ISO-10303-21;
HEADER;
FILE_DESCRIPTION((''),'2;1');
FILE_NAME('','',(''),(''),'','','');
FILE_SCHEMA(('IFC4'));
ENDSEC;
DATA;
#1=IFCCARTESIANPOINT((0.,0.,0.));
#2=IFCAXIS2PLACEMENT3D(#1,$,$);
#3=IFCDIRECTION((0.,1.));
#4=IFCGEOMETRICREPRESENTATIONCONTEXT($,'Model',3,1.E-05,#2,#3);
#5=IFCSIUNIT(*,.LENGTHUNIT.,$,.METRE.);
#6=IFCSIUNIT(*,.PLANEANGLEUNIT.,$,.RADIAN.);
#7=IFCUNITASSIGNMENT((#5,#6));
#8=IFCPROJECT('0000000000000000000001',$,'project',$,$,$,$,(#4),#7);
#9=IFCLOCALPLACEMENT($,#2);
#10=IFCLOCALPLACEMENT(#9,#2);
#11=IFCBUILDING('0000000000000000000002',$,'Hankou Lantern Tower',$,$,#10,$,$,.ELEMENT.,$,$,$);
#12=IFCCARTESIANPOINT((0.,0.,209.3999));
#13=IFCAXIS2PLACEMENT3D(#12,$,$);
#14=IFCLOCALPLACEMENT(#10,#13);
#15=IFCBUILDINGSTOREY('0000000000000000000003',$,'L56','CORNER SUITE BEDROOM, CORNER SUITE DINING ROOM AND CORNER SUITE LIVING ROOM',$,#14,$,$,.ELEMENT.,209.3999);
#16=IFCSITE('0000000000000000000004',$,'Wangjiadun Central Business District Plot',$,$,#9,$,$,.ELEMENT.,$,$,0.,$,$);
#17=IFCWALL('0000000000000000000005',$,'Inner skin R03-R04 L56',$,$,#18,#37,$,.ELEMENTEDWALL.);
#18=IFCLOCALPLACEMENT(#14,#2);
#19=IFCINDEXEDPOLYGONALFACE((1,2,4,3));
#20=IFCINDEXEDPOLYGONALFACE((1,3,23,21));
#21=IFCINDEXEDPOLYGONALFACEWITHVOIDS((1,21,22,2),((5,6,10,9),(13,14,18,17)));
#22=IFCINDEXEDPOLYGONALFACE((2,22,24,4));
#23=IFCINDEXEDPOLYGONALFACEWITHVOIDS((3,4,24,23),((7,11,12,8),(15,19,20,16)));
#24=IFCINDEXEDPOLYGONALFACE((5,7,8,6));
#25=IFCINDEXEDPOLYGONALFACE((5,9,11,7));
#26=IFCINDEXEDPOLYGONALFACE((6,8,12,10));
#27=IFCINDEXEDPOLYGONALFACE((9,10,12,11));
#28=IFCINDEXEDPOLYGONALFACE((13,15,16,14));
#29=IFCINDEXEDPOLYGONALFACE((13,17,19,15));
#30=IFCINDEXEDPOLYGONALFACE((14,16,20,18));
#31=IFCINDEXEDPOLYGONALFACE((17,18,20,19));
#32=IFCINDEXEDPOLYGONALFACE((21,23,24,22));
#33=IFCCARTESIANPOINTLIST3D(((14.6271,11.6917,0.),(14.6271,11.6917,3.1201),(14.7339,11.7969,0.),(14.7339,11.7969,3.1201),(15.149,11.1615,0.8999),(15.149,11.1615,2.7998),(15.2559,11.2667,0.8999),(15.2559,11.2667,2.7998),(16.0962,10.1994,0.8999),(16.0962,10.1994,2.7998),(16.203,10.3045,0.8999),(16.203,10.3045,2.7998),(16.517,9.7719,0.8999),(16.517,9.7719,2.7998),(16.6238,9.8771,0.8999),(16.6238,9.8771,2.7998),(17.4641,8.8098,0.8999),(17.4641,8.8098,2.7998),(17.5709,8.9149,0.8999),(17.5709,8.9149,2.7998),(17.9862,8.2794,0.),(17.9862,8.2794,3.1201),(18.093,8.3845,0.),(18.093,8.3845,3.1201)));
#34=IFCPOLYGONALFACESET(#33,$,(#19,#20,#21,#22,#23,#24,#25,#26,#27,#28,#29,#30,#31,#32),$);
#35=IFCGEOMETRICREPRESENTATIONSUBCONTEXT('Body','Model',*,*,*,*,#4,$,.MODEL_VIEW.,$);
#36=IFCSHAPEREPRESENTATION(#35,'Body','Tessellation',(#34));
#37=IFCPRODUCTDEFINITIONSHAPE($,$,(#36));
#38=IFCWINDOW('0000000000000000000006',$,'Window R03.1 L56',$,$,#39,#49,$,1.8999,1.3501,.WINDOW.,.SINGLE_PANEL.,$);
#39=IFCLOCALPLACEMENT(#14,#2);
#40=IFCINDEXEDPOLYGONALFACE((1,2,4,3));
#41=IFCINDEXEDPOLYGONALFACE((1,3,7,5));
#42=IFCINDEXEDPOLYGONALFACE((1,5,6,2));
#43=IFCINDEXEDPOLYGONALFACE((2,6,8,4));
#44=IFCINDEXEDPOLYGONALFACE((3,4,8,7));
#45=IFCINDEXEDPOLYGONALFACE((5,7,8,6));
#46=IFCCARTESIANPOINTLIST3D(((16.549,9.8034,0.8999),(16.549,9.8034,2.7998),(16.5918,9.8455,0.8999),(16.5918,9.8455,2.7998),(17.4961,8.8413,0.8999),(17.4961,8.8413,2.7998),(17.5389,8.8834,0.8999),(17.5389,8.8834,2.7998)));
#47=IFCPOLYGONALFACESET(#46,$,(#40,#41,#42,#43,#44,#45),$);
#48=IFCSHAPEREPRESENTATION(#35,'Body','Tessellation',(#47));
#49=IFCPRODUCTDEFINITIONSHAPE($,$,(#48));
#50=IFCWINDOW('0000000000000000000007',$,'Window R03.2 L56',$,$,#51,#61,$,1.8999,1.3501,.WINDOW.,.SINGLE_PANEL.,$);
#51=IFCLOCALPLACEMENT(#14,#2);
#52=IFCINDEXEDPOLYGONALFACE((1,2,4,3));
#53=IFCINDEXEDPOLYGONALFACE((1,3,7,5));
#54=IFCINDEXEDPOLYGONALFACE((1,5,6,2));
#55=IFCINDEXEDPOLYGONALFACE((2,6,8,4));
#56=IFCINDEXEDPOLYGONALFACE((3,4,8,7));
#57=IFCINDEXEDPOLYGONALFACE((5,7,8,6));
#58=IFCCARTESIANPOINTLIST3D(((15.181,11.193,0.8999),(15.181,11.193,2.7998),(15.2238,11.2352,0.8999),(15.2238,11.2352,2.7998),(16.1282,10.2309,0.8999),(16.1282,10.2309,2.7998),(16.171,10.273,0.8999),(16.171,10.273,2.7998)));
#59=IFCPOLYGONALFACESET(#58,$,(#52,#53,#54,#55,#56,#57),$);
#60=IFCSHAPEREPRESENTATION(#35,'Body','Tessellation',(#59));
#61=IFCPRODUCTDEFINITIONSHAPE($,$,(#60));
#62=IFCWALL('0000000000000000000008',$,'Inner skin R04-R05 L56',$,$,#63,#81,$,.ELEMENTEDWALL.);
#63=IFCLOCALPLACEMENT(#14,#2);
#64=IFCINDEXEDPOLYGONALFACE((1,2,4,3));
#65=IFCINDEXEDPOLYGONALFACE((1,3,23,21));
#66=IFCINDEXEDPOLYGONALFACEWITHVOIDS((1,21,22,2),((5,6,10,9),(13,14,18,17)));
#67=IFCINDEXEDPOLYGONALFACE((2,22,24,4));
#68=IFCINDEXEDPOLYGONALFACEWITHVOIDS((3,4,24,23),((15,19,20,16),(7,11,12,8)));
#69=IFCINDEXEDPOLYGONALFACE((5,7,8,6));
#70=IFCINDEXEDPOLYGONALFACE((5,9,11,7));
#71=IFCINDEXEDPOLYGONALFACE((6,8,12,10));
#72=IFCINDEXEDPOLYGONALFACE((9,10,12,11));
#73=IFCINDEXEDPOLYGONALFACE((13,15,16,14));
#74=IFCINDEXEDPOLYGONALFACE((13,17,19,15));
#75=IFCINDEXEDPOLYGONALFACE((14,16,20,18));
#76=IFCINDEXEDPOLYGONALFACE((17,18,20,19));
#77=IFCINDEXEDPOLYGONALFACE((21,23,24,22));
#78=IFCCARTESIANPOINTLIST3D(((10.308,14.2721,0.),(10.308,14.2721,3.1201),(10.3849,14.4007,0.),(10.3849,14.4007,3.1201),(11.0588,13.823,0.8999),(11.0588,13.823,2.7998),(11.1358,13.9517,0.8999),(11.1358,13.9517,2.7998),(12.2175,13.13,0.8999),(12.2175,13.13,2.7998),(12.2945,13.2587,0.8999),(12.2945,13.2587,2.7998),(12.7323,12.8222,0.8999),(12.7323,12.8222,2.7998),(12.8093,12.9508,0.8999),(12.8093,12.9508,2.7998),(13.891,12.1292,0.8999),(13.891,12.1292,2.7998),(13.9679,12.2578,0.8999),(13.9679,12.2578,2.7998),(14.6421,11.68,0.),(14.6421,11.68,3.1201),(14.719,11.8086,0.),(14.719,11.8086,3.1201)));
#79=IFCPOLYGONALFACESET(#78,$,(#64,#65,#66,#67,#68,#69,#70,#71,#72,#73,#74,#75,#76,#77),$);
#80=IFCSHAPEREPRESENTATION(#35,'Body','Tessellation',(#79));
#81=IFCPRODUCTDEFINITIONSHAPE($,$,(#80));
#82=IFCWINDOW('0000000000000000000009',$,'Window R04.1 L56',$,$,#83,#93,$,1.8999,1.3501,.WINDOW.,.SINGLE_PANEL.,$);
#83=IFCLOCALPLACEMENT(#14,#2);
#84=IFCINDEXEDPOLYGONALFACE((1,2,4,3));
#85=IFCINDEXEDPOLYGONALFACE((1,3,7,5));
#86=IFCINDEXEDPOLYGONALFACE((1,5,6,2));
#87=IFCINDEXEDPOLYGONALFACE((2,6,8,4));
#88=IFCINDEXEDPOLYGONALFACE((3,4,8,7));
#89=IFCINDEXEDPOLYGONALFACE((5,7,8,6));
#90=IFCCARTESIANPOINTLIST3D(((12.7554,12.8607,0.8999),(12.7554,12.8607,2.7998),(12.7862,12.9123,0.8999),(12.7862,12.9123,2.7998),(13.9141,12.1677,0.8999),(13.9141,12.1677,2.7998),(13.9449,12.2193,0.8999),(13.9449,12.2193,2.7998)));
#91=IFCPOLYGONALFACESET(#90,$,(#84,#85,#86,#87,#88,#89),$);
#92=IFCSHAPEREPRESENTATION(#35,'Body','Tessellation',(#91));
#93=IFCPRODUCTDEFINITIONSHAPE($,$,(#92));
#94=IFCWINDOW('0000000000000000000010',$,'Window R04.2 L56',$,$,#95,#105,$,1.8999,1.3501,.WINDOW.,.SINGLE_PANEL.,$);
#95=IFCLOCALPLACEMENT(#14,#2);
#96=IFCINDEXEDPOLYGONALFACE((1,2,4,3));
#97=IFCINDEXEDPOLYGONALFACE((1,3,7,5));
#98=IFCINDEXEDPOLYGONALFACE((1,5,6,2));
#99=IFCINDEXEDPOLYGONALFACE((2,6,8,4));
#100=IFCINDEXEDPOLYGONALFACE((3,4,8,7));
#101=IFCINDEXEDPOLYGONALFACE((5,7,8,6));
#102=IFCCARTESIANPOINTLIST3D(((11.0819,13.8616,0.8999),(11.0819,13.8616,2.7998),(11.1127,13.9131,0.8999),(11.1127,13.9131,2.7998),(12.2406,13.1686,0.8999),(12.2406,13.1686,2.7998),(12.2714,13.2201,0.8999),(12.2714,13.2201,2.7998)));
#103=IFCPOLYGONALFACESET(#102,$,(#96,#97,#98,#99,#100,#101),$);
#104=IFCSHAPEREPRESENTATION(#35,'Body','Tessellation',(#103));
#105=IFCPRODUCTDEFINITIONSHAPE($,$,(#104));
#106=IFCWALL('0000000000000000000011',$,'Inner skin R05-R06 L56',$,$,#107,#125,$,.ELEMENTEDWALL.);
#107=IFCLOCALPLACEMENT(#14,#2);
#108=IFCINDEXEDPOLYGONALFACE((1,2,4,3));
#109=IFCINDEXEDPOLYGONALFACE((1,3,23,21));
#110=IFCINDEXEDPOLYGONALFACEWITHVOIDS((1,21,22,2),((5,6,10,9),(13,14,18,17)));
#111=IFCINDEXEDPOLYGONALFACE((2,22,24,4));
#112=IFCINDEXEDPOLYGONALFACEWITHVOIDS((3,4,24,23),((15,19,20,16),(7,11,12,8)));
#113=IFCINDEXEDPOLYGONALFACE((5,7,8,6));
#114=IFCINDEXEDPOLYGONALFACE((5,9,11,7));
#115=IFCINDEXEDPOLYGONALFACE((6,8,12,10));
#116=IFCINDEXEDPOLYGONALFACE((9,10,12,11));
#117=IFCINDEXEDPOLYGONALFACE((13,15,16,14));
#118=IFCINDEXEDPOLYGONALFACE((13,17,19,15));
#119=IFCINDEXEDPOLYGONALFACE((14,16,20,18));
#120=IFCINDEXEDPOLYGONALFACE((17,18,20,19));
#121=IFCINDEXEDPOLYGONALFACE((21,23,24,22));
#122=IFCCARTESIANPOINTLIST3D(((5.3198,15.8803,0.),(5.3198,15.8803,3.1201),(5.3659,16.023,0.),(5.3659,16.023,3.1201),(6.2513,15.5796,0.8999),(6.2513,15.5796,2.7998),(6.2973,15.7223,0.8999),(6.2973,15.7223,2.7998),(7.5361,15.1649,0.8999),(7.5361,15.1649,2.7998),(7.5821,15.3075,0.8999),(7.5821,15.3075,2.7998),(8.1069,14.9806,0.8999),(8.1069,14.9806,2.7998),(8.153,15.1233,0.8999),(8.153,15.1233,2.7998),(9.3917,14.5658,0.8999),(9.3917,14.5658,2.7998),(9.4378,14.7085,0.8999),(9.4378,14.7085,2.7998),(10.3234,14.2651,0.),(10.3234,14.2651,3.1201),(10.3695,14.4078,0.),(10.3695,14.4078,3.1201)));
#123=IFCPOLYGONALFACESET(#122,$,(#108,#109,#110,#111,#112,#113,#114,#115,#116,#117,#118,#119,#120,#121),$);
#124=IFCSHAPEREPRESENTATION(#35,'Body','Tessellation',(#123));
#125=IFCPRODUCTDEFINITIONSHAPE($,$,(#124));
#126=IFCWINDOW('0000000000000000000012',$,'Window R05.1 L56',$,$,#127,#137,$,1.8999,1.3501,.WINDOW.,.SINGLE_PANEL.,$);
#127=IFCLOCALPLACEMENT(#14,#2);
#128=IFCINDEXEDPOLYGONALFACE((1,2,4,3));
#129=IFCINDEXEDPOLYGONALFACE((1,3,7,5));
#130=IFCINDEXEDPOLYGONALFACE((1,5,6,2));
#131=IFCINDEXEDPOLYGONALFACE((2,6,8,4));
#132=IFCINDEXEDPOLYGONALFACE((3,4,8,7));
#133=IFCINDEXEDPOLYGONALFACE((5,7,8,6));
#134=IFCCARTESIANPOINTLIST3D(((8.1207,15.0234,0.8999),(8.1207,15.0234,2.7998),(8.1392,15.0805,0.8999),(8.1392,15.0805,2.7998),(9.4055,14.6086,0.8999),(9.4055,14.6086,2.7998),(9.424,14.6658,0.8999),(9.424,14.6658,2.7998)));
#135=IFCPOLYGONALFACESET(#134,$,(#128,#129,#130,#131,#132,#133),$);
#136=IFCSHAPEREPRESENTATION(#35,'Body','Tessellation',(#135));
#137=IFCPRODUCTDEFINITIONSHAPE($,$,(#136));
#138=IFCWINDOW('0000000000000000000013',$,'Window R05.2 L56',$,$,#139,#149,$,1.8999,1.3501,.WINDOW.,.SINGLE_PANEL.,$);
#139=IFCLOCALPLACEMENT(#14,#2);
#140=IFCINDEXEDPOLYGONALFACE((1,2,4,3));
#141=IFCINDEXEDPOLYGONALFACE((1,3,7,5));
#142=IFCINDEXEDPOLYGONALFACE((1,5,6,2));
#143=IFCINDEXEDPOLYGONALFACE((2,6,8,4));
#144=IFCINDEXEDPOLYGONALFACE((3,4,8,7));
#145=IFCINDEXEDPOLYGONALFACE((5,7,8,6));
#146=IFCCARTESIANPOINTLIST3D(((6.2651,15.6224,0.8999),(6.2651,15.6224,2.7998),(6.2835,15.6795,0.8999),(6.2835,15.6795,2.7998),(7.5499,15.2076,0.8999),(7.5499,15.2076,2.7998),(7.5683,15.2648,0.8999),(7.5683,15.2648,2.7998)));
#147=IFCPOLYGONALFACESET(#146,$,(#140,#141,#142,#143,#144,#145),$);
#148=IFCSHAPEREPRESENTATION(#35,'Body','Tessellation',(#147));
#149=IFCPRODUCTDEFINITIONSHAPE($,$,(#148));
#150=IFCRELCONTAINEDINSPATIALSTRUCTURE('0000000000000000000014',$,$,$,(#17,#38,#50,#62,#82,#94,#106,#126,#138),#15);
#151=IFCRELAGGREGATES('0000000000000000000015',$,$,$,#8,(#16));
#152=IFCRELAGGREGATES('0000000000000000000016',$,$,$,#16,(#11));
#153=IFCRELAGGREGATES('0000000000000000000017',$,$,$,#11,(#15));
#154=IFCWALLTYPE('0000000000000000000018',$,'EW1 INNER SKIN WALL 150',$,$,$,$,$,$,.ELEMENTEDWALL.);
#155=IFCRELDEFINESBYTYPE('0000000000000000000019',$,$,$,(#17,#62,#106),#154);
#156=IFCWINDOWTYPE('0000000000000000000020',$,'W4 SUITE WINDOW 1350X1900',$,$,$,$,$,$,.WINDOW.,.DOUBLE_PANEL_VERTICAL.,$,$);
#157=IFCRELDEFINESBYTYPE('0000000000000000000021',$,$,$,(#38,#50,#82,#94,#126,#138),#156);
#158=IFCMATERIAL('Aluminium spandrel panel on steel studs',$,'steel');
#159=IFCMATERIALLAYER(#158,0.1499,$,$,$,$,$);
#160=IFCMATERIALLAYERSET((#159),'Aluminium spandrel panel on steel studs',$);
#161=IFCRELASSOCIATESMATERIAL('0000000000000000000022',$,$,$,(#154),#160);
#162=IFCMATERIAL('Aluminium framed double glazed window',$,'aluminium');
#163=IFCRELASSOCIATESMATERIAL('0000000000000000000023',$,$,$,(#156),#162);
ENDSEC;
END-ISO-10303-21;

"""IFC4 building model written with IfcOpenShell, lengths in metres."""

from ifc_helpers import new_model, si_unit, direction, frame, frame_2d, origin, place, context, subcontext, project, spatial, rectangle, extrude, material, layer, layer_set, type_object, element, fill, save


model = new_model("IFC4")

# Units and contexts
model_context = context("Model", 3, precision=1e-05, world=origin(), true_north=direction((0.0, 1.0)))
body_context = subcontext(model_context, "Body", "Model", "MODEL_VIEW")
ifc_project = project(units=[si_unit("LENGTHUNIT", "METRE"), si_unit("PLANEANGLEUNIT", "RADIAN")], contexts=[model_context])

# Site, building, storey
site_placement = place(None, origin())
site = spatial("IfcSite", under=ifc_project, at=site_placement, Name="Wangjiadun Central Business District Plot", CompositionType="ELEMENT", RefElevation=0.0)
building_placement = place(site_placement, origin())
building = spatial("IfcBuilding", under=site, at=building_placement, Name="Hankou Lantern Tower", CompositionType="ELEMENT")
storey_placement = place(building_placement, frame((0.0, 0.0, 209.3999)))
storey = spatial("IfcBuildingStorey", under=building, at=storey_placement, Name="L56", Description="CORNER SUITE BEDROOM, CORNER SUITE DINING ROOM AND CORNER SUITE LIVING ROOM", CompositionType="ELEMENT", Elevation=209.3999)

# Walls, openings, windows
ifc_material_1 = material(Name="Aluminium spandrel panel on steel studs", Category="steel")
ifc_layer_1 = layer(ifc_material_1, 0.1499)
ifc_layer_set_1 = layer_set([ifc_layer_1], Name="Aluminium spandrel panel on steel studs")
wall_type_1 = type_object("IfcWallType", Name="EW1 INNER SKIN WALL 150", PredefinedType="ELEMENTEDWALL", material=ifc_layer_set_1)
wall_1_placement = place(storey_placement, frame((18.0396, 8.332, 0.0), z_axis=(0.0, 0.0, 1.0), x_axis=(-0.701527, 0.712643, 0.0)))
wall_1 = element("IfcWall", 1, at=wall_1_placement, inside=storey, type_object=wall_type_1, Name="Inner skin R03-R04 L56", PredefinedType="ELEMENTEDWALL", context=body_context, shape_type="SweptSolid", body=[
    extrude(rectangle(XDim=4.7883, YDim=0.1499, at=frame_2d((2.394, 0.0))), origin(), (0.0, 0.0, 1.0), 3.1201),
])
opening_1_placement = place(wall_1_placement, frame((0.7441, 0.0, 0.8999)))
opening_1 = element("IfcOpeningElement", 2, at=opening_1_placement, cuts=wall_1, PredefinedType="OPENING", context=body_context, shape_type="SweptSolid", body=[
    extrude(rectangle(XDim=1.3501, YDim=1.8999, at=frame_2d((0.675, 0.95))), frame((0.0, 0.085, 0.0), z_axis=(0.0, -1.0, 0.0), x_axis=(1.0, 0.0, 0.0)), (0.0, 0.0, 1.0), 0.1699),
])
opening_2_placement = place(wall_1_placement, frame((2.6941, 0.0, 0.8999)))
opening_2 = element("IfcOpeningElement", 3, at=opening_2_placement, cuts=wall_1, PredefinedType="OPENING", context=body_context, shape_type="SweptSolid", body=[
    extrude(rectangle(XDim=1.3501, YDim=1.8999, at=frame_2d((0.675, 0.95))), frame((0.0, 0.085, 0.0), z_axis=(0.0, -1.0, 0.0), x_axis=(1.0, 0.0, 0.0)), (0.0, 0.0, 1.0), 0.1699),
])
ifc_material_2 = material(Name="Aluminium framed double glazed window", Category="aluminium")
window_type = type_object("IfcWindowType", Name="W4 SUITE WINDOW 1350X1900", PartitioningType="DOUBLE_PANEL_VERTICAL", PredefinedType="WINDOW", material=ifc_material_2)
window_1_placement = place(opening_1_placement, origin())
window_1 = element("IfcWindow", 4, at=window_1_placement, inside=storey, type_object=window_type, Name="Window R03.1 L56", OverallHeight=1.8999, OverallWidth=1.3501, PartitioningType="SINGLE_PANEL", PredefinedType="WINDOW", context=body_context, shape_type="SweptSolid", body=[
    extrude(rectangle(XDim=1.3501, YDim=1.8999, at=frame_2d((0.675, 0.95))), frame((0.0, 0.03, 0.0), z_axis=(0.0, -1.0, 0.0), x_axis=(1.0, 0.0, 0.0)), (0.0, 0.0, 1.0), 0.0601),
])
fill(opening_1, window_1)
window_2_placement = place(opening_2_placement, origin())
window_2 = element("IfcWindow", 5, at=window_2_placement, inside=storey, type_object=window_type, Name="Window R03.2 L56", OverallHeight=1.8999, OverallWidth=1.3501, PartitioningType="SINGLE_PANEL", PredefinedType="WINDOW", context=body_context, shape_type="SweptSolid", body=[
    extrude(rectangle(XDim=1.3501, YDim=1.8999, at=frame_2d((0.675, 0.95))), frame((0.0, 0.03, 0.0), z_axis=(0.0, -1.0, 0.0), x_axis=(1.0, 0.0, 0.0)), (0.0, 0.0, 1.0), 0.0601),
])
fill(opening_2, window_2)
wall_2_placement = place(storey_placement, frame((14.6804, 11.7444, 0.0), z_axis=(0.0, 0.0, 1.0), x_axis=(-0.858222, 0.51328, 0.0)))
wall_2 = element("IfcWall", 6, at=wall_2_placement, inside=storey, type_object=wall_type_1, Name="Inner skin R04-R05 L56", PredefinedType="ELEMENTEDWALL", context=body_context, shape_type="SweptSolid", body=[
    extrude(rectangle(XDim=5.05, YDim=0.1499, at=frame_2d((2.5249, 0.0))), origin(), (0.0, 0.0, 1.0), 3.1201),
])
opening_3_placement = place(wall_2_placement, frame((0.875, 0.0, 0.8999)))
opening_3 = element("IfcOpeningElement", 7, at=opening_3_placement, cuts=wall_2, PredefinedType="OPENING", context=body_context, shape_type="SweptSolid", body=[
    extrude(rectangle(XDim=1.3501, YDim=1.8999, at=frame_2d((0.675, 0.95))), frame((0.0, 0.085, 0.0), z_axis=(0.0, -1.0, 0.0), x_axis=(1.0, 0.0, 0.0)), (0.0, 0.0, 1.0), 0.1699),
])
opening_4_placement = place(wall_2_placement, frame((2.825, 0.0, 0.8999)))
opening_4 = element("IfcOpeningElement", 8, at=opening_4_placement, cuts=wall_2, PredefinedType="OPENING", context=body_context, shape_type="SweptSolid", body=[
    extrude(rectangle(XDim=1.3501, YDim=1.8999, at=frame_2d((0.675, 0.95))), frame((0.0, 0.085, 0.0), z_axis=(0.0, -1.0, 0.0), x_axis=(1.0, 0.0, 0.0)), (0.0, 0.0, 1.0), 0.1699),
])
window_3_placement = place(opening_3_placement, origin())
window_3 = element("IfcWindow", 9, at=window_3_placement, inside=storey, type_object=window_type, Name="Window R04.1 L56", OverallHeight=1.8999, OverallWidth=1.3501, PartitioningType="SINGLE_PANEL", PredefinedType="WINDOW", context=body_context, shape_type="SweptSolid", body=[
    extrude(rectangle(XDim=1.3501, YDim=1.8999, at=frame_2d((0.675, 0.95))), frame((0.0, 0.03, 0.0), z_axis=(0.0, -1.0, 0.0), x_axis=(1.0, 0.0, 0.0)), (0.0, 0.0, 1.0), 0.0601),
])
fill(opening_3, window_3)
window_4_placement = place(opening_4_placement, origin())
window_4 = element("IfcWindow", 10, at=window_4_placement, inside=storey, type_object=window_type, Name="Window R04.2 L56", OverallHeight=1.8999, OverallWidth=1.3501, PartitioningType="SINGLE_PANEL", PredefinedType="WINDOW", context=body_context, shape_type="SweptSolid", body=[
    extrude(rectangle(XDim=1.3501, YDim=1.8999, at=frame_2d((0.675, 0.95))), frame((0.0, 0.03, 0.0), z_axis=(0.0, -1.0, 0.0), x_axis=(1.0, 0.0, 0.0)), (0.0, 0.0, 1.0), 0.0601),
])
fill(opening_4, window_4)
wall_3_placement = place(storey_placement, frame((10.3464, 14.3364, 0.0), z_axis=(0.0, 0.0, 1.0), x_axis=(-0.951645, 0.307201, 0.0)))
wall_3 = element("IfcWall", 11, at=wall_3_placement, inside=storey, type_object=wall_type_1, Name="Inner skin R05-R06 L56", PredefinedType="ELEMENTEDWALL", context=body_context, shape_type="SweptSolid", body=[
    extrude(rectangle(XDim=5.2578, YDim=0.1499, at=frame_2d((2.6289, 0.0))), origin(), (0.0, 0.0, 1.0), 3.1201),
])
opening_5_placement = place(wall_3_placement, frame((0.979, 0.0, 0.8999)))
opening_5 = element("IfcOpeningElement", 12, at=opening_5_placement, cuts=wall_3, PredefinedType="OPENING", context=body_context, shape_type="SweptSolid", body=[
    extrude(rectangle(XDim=1.3501, YDim=1.8999, at=frame_2d((0.675, 0.95))), frame((0.0, 0.085, 0.0), z_axis=(0.0, -1.0, 0.0), x_axis=(1.0, 0.0, 0.0)), (0.0, 0.0, 1.0), 0.1699),
])
opening_6_placement = place(wall_3_placement, frame((2.929, 0.0, 0.8999)))
opening_6 = element("IfcOpeningElement", 13, at=opening_6_placement, cuts=wall_3, PredefinedType="OPENING", context=body_context, shape_type="SweptSolid", body=[
    extrude(rectangle(XDim=1.3501, YDim=1.8999, at=frame_2d((0.675, 0.95))), frame((0.0, 0.085, 0.0), z_axis=(0.0, -1.0, 0.0), x_axis=(1.0, 0.0, 0.0)), (0.0, 0.0, 1.0), 0.1699),
])
window_5_placement = place(opening_5_placement, origin())
window_5 = element("IfcWindow", 14, at=window_5_placement, inside=storey, type_object=window_type, Name="Window R05.1 L56", OverallHeight=1.8999, OverallWidth=1.3501, PartitioningType="SINGLE_PANEL", PredefinedType="WINDOW", context=body_context, shape_type="SweptSolid", body=[
    extrude(rectangle(XDim=1.3501, YDim=1.8999, at=frame_2d((0.675, 0.95))), frame((0.0, 0.03, 0.0), z_axis=(0.0, -1.0, 0.0), x_axis=(1.0, 0.0, 0.0)), (0.0, 0.0, 1.0), 0.0601),
])
fill(opening_5, window_5)
window_6_placement = place(opening_6_placement, origin())
window_6 = element("IfcWindow", 15, at=window_6_placement, inside=storey, type_object=window_type, Name="Window R05.2 L56", OverallHeight=1.8999, OverallWidth=1.3501, PartitioningType="SINGLE_PANEL", PredefinedType="WINDOW", context=body_context, shape_type="SweptSolid", body=[
    extrude(rectangle(XDim=1.3501, YDim=1.8999, at=frame_2d((0.675, 0.95))), frame((0.0, 0.03, 0.0), z_axis=(0.0, -1.0, 0.0), x_axis=(1.0, 0.0, 0.0)), (0.0, 0.0, 1.0), 0.0601),
])
fill(opening_6, window_6)

save(model, "model.ifc")
